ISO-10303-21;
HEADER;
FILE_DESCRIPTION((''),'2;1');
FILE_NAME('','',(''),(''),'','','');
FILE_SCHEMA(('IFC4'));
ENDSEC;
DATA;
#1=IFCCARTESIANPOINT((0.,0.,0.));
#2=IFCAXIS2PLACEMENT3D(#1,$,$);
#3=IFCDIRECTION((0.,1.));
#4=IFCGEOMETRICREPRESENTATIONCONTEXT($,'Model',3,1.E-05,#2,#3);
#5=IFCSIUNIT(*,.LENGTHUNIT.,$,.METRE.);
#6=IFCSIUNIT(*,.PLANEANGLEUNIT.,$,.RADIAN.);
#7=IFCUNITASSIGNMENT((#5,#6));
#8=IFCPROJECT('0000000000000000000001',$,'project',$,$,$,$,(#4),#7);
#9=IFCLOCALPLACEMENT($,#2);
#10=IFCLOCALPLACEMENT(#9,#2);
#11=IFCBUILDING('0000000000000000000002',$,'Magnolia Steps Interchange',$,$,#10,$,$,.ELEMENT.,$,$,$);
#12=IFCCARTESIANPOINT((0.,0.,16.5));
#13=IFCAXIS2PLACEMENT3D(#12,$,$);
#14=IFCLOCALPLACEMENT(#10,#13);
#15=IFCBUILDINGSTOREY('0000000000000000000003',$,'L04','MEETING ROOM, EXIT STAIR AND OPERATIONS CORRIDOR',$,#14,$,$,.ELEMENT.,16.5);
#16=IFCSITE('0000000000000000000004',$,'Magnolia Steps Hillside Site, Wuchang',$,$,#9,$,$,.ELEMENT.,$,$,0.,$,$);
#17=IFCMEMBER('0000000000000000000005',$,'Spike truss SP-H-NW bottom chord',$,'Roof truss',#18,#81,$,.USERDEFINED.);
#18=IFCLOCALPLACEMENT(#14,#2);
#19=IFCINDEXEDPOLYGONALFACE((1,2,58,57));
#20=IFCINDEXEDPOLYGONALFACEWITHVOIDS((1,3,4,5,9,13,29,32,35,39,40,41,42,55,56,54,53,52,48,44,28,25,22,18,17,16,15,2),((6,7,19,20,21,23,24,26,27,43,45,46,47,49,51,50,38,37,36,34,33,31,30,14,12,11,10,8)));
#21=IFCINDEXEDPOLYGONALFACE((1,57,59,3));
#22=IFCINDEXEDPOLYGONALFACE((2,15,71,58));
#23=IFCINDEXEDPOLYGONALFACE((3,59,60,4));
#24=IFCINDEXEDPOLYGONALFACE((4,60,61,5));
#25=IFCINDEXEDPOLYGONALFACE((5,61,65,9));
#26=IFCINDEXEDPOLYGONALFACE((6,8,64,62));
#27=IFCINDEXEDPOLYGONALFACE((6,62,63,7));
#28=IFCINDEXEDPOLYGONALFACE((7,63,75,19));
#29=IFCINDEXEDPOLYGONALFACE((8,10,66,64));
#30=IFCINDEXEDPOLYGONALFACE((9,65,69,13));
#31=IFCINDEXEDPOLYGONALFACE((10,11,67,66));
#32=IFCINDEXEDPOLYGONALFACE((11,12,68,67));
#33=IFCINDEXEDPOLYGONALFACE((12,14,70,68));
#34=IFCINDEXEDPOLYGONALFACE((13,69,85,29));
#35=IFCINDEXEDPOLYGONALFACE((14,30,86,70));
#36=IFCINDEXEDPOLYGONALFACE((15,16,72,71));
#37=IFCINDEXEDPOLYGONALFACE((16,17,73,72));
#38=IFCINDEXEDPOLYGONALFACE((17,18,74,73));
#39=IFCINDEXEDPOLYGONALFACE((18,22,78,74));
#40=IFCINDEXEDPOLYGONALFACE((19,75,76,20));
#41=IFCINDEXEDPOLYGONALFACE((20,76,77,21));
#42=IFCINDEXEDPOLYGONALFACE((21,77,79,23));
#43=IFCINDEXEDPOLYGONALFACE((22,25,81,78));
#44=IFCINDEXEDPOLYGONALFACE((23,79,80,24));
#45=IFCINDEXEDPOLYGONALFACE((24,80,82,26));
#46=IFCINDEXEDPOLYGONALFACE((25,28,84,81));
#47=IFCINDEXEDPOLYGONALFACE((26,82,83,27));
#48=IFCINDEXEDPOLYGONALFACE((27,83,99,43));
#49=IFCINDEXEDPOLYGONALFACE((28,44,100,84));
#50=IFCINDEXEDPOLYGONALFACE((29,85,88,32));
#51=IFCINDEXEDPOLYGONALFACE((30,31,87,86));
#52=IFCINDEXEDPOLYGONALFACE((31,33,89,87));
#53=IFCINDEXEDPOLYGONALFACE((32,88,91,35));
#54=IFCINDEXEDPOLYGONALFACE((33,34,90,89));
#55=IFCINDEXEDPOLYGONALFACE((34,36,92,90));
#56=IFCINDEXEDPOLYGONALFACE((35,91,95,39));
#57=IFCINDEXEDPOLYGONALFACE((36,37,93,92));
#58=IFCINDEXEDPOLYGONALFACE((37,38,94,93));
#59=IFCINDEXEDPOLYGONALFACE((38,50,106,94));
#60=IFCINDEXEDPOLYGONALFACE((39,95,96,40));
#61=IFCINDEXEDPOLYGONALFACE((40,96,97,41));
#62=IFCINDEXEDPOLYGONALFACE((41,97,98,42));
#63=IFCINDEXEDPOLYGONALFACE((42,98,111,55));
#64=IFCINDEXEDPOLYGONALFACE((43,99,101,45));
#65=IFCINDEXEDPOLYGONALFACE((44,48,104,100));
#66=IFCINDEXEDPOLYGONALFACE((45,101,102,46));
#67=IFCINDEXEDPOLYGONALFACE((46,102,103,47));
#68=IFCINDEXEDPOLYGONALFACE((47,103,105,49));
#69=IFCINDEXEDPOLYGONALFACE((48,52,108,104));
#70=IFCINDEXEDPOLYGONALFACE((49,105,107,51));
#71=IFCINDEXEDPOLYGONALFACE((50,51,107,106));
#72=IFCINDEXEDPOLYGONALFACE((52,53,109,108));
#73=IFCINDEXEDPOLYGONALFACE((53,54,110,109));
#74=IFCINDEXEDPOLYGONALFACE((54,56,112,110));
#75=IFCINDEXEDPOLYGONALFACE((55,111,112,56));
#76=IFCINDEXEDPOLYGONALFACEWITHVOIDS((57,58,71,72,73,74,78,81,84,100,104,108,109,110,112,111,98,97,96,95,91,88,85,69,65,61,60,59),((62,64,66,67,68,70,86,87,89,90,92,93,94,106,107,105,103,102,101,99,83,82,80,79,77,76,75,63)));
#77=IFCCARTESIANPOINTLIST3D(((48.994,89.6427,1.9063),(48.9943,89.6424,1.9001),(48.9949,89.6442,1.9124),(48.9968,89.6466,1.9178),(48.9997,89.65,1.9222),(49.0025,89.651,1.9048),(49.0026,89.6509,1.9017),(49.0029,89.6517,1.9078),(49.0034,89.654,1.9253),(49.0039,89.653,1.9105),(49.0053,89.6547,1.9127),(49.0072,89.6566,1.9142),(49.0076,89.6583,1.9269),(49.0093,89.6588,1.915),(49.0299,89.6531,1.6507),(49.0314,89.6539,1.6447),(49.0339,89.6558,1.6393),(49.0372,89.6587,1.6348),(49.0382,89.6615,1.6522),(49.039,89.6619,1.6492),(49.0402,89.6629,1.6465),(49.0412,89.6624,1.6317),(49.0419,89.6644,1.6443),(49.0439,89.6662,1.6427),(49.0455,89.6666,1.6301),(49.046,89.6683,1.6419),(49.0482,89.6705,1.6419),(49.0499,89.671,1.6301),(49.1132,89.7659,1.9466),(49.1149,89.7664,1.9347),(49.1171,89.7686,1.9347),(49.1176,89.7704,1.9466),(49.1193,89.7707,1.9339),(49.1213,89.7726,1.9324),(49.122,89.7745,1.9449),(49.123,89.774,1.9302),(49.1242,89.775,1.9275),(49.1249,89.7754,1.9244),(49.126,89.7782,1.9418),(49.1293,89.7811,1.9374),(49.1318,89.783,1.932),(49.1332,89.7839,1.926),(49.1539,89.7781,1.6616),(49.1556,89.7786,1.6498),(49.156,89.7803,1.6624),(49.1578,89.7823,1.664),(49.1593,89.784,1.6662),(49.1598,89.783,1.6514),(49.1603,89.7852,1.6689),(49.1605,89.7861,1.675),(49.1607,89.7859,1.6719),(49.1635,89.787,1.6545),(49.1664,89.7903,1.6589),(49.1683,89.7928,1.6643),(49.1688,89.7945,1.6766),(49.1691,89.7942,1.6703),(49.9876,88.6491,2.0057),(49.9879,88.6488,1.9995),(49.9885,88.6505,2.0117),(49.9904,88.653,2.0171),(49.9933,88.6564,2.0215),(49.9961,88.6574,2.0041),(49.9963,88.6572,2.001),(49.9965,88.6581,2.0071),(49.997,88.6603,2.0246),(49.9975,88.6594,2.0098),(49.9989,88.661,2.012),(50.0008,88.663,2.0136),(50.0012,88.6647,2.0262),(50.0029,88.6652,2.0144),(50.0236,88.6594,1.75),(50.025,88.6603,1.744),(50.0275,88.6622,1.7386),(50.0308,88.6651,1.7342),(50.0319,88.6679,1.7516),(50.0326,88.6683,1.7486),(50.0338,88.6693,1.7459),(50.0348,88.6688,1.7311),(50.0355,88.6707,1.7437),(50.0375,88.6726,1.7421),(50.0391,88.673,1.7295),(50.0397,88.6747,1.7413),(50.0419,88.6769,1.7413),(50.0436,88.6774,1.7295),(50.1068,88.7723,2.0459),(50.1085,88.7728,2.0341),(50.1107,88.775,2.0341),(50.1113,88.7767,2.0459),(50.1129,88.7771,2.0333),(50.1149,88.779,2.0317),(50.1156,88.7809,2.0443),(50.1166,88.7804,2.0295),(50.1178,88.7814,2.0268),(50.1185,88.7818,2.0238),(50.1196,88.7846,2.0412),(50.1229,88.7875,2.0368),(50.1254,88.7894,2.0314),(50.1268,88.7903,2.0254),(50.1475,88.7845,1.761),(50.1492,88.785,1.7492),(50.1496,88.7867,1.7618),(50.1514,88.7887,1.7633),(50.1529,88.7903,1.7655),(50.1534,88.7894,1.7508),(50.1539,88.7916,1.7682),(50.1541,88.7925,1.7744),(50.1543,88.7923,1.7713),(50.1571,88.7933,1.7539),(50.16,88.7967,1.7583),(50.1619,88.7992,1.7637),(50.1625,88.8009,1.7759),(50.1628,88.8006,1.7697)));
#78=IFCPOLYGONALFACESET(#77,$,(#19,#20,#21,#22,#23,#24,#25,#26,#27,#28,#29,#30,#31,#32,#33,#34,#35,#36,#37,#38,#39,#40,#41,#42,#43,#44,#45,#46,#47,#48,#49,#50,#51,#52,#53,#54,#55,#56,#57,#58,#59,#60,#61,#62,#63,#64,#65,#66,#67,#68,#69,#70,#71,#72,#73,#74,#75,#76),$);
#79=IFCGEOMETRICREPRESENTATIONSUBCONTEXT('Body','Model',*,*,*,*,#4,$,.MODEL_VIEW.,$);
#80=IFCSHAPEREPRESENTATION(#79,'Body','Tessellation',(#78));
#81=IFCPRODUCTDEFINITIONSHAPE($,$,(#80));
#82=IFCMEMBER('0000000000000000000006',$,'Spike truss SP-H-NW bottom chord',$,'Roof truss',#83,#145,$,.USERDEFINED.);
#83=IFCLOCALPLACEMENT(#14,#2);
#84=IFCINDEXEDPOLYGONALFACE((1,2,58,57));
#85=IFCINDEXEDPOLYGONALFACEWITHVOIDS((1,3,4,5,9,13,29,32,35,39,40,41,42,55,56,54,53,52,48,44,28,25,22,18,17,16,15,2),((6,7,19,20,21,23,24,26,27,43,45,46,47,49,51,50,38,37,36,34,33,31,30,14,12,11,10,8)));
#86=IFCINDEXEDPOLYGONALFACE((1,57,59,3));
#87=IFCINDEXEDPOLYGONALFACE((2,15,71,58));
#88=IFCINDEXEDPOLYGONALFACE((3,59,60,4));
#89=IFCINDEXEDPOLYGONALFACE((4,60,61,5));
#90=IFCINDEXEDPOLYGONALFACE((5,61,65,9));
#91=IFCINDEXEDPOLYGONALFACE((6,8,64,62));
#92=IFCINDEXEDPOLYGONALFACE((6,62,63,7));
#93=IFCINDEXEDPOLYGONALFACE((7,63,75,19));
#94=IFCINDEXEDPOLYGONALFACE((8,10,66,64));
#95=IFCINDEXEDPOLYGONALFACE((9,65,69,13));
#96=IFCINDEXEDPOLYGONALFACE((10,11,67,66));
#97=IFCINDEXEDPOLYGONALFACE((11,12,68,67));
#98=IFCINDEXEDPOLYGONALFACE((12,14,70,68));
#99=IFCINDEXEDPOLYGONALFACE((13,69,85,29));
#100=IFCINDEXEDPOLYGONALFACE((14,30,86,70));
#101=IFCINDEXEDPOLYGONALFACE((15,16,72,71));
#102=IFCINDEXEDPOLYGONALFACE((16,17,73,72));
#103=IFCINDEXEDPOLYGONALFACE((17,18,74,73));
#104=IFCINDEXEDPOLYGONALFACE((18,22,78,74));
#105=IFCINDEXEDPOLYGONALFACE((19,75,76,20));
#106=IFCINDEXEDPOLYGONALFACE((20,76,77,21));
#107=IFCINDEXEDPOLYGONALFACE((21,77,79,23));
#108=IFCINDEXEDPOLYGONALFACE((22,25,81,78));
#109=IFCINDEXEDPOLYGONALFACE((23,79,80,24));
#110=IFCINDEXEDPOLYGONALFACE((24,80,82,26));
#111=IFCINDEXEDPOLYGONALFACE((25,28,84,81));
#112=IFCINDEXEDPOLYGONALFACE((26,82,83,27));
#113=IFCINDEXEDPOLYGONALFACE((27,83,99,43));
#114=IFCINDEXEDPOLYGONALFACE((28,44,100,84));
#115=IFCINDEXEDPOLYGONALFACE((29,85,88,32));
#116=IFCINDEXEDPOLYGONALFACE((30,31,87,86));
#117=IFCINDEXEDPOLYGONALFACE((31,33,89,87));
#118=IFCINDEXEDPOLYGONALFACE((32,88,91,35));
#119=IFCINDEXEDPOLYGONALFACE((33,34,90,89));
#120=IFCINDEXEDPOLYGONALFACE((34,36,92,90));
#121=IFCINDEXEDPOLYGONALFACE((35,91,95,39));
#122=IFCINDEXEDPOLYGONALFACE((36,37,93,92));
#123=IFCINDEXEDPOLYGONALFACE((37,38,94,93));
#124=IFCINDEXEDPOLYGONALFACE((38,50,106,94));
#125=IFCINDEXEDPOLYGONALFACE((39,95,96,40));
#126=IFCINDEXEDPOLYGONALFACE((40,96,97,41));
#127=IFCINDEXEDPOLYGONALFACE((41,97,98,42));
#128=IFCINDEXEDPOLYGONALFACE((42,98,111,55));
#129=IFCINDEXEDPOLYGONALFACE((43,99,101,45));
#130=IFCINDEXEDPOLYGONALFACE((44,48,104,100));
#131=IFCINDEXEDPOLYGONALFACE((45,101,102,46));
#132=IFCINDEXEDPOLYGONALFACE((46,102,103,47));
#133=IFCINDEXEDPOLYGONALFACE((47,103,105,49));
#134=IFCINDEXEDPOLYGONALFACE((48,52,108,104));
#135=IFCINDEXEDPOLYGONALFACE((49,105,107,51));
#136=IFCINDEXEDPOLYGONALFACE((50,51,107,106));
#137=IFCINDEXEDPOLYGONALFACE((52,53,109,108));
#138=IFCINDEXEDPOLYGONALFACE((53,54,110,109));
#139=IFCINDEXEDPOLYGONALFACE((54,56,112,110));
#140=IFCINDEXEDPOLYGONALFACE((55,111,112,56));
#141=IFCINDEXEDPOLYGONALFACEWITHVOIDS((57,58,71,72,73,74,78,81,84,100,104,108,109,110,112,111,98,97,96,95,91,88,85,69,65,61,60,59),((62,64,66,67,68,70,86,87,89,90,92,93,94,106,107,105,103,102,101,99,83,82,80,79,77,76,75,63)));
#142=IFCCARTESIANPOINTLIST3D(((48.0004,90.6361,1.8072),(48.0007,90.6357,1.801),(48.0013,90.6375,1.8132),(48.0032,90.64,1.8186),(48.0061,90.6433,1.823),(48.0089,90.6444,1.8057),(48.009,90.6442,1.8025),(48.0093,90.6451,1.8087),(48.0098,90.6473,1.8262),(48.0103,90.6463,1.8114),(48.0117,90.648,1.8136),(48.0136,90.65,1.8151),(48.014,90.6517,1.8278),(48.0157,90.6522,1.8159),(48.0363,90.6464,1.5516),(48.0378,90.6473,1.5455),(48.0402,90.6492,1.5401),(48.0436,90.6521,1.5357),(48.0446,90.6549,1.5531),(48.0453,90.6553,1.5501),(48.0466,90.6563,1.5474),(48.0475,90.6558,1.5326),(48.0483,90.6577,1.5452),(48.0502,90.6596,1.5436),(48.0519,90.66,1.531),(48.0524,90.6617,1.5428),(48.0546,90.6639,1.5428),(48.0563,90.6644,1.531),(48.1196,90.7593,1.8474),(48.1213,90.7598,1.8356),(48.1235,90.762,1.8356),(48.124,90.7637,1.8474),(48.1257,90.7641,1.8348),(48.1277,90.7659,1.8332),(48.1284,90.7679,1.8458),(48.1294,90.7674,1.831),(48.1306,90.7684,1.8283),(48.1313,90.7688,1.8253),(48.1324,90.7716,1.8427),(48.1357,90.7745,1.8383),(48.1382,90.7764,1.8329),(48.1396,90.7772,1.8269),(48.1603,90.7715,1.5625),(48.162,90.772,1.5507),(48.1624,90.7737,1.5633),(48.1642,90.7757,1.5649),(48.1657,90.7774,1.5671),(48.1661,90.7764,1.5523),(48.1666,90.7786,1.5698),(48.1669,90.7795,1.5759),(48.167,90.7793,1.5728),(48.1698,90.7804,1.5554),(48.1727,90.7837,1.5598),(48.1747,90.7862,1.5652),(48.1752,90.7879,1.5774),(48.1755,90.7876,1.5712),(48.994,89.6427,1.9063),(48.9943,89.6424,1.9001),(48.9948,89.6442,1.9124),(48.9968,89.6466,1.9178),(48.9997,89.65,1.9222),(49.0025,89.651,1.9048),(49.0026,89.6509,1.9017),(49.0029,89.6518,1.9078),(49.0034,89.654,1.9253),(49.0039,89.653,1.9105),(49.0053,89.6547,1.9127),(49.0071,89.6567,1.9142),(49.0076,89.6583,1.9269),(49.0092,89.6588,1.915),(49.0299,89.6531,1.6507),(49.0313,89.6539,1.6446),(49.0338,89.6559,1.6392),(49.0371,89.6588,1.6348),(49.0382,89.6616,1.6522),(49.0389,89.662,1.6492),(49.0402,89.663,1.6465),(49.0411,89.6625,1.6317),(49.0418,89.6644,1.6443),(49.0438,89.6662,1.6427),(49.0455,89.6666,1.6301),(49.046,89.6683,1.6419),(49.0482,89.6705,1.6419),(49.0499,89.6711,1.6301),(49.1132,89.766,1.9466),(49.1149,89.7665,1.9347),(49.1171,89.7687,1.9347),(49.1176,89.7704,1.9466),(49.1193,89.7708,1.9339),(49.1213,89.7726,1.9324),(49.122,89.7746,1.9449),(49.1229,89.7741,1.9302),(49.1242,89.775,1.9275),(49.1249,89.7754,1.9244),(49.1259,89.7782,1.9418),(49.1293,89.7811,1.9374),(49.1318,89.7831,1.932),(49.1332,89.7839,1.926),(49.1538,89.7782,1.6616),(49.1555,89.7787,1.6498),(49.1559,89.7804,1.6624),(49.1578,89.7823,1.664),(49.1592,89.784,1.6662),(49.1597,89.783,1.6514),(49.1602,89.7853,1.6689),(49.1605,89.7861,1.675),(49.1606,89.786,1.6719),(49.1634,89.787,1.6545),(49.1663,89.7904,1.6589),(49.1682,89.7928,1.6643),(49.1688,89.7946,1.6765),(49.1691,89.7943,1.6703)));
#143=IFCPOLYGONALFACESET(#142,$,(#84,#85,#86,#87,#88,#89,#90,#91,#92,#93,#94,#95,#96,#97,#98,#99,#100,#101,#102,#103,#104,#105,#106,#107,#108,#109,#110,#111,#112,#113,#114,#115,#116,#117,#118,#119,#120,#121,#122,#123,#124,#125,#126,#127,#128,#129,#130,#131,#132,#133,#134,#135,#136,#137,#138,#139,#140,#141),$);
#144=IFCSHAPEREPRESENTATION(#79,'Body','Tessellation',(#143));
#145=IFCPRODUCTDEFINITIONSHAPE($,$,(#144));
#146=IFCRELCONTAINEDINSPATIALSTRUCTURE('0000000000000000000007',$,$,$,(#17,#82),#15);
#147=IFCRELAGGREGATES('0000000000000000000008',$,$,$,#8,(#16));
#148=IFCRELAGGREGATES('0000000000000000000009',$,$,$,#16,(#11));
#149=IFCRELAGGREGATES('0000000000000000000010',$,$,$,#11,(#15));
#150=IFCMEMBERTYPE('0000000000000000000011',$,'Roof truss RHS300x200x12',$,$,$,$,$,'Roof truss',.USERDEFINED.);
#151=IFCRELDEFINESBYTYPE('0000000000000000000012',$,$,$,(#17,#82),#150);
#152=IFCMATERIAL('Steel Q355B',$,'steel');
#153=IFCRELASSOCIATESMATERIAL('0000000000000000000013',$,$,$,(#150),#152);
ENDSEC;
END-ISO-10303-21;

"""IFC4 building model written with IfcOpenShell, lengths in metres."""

from ifc_helpers import new_model, si_unit, direction, frame, origin, origin_2d, place, context, subcontext, project, spatial, hollow_rectangle, extrude, material, material_profile, profile_set, type_object, element, save


model = new_model("IFC4")

# Units and contexts
model_context = context("Model", 3, precision=1e-05, world=origin(), true_north=direction((0.0, 1.0)))
body_context = subcontext(model_context, "Body", "Model", "MODEL_VIEW")
ifc_project = project(units=[si_unit("LENGTHUNIT", "METRE"), si_unit("PLANEANGLEUNIT", "RADIAN")], contexts=[model_context])

# Site, building, storey
site_placement = place(None, origin())
site = spatial("IfcSite", under=ifc_project, at=site_placement, Name="Magnolia Steps Hillside Site, Wuchang", CompositionType="ELEMENT", RefElevation=0.0)
building_placement = place(site_placement, origin())
building = spatial("IfcBuilding", under=site, at=building_placement, Name="Magnolia Steps Interchange", CompositionType="ELEMENT")
storey_placement = place(building_placement, frame((0.0, 0.0, 16.5)))
storey = spatial("IfcBuildingStorey", under=building, at=storey_placement, Name="L04", Description="MEETING ROOM, EXIT STAIR AND OPERATIONS CORRIDOR", CompositionType="ELEMENT", Elevation=16.5)

# Members
ifc_material_1 = material(Name="Steel Q355B", Category="steel")
ifc_material_profile_1 = material_profile(ifc_material_1, hollow_rectangle(XDim=0.2, YDim=0.3, WallThickness=0.012, InnerFilletRadius=0.012, OuterFilletRadius=0.0239, at=origin_2d()), Name="RHS300x200x12")
ifc_profile_set_1 = profile_set([ifc_material_profile_1], Name="Steel Q355B")
member_type_1 = type_object("IfcMemberType", Name="Roof truss RHS300x200x12", ElementType="Roof truss", PredefinedType="USERDEFINED", material=ifc_profile_set_1)
member_1_placement = place(storey_placement, frame((50.0752, 88.7249, 1.8877), z_axis=(-0.705346, 0.705346, -0.070535), x_axis=(-0.694657, -0.7076, -0.129438)))
element("IfcMember", 1, at=member_1_placement, inside=storey, type_object=member_type_1, Name="Spike truss SP-H-NW bottom chord", ObjectType="Roof truss", PredefinedType="USERDEFINED", context=body_context, shape_type="SweptSolid", body=[
    extrude(hollow_rectangle(XDim=0.2, YDim=0.3, WallThickness=0.012, InnerFilletRadius=0.012, OuterFilletRadius=0.0239, at=origin_2d()), origin(), (0.0, 0.0, 1.0), 1.4087),
])
member_2_placement = place(storey_placement, frame((49.0815, 89.7185, 1.7883), z_axis=(-0.70544, 0.705267, -0.070371), x_axis=(-0.694585, -0.707671, -0.129439)))
element("IfcMember", 2, at=member_2_placement, inside=storey, type_object=member_type_1, Name="Spike truss SP-H-NW bottom chord", ObjectType="Roof truss", PredefinedType="USERDEFINED", context=body_context, shape_type="SweptSolid", body=[
    extrude(hollow_rectangle(XDim=0.2, YDim=0.3, WallThickness=0.012, InnerFilletRadius=0.012, OuterFilletRadius=0.0239, at=origin_2d()), origin(), (0.0, 0.0, 1.0), 1.4084),
])

save(model, "model.ifc")
